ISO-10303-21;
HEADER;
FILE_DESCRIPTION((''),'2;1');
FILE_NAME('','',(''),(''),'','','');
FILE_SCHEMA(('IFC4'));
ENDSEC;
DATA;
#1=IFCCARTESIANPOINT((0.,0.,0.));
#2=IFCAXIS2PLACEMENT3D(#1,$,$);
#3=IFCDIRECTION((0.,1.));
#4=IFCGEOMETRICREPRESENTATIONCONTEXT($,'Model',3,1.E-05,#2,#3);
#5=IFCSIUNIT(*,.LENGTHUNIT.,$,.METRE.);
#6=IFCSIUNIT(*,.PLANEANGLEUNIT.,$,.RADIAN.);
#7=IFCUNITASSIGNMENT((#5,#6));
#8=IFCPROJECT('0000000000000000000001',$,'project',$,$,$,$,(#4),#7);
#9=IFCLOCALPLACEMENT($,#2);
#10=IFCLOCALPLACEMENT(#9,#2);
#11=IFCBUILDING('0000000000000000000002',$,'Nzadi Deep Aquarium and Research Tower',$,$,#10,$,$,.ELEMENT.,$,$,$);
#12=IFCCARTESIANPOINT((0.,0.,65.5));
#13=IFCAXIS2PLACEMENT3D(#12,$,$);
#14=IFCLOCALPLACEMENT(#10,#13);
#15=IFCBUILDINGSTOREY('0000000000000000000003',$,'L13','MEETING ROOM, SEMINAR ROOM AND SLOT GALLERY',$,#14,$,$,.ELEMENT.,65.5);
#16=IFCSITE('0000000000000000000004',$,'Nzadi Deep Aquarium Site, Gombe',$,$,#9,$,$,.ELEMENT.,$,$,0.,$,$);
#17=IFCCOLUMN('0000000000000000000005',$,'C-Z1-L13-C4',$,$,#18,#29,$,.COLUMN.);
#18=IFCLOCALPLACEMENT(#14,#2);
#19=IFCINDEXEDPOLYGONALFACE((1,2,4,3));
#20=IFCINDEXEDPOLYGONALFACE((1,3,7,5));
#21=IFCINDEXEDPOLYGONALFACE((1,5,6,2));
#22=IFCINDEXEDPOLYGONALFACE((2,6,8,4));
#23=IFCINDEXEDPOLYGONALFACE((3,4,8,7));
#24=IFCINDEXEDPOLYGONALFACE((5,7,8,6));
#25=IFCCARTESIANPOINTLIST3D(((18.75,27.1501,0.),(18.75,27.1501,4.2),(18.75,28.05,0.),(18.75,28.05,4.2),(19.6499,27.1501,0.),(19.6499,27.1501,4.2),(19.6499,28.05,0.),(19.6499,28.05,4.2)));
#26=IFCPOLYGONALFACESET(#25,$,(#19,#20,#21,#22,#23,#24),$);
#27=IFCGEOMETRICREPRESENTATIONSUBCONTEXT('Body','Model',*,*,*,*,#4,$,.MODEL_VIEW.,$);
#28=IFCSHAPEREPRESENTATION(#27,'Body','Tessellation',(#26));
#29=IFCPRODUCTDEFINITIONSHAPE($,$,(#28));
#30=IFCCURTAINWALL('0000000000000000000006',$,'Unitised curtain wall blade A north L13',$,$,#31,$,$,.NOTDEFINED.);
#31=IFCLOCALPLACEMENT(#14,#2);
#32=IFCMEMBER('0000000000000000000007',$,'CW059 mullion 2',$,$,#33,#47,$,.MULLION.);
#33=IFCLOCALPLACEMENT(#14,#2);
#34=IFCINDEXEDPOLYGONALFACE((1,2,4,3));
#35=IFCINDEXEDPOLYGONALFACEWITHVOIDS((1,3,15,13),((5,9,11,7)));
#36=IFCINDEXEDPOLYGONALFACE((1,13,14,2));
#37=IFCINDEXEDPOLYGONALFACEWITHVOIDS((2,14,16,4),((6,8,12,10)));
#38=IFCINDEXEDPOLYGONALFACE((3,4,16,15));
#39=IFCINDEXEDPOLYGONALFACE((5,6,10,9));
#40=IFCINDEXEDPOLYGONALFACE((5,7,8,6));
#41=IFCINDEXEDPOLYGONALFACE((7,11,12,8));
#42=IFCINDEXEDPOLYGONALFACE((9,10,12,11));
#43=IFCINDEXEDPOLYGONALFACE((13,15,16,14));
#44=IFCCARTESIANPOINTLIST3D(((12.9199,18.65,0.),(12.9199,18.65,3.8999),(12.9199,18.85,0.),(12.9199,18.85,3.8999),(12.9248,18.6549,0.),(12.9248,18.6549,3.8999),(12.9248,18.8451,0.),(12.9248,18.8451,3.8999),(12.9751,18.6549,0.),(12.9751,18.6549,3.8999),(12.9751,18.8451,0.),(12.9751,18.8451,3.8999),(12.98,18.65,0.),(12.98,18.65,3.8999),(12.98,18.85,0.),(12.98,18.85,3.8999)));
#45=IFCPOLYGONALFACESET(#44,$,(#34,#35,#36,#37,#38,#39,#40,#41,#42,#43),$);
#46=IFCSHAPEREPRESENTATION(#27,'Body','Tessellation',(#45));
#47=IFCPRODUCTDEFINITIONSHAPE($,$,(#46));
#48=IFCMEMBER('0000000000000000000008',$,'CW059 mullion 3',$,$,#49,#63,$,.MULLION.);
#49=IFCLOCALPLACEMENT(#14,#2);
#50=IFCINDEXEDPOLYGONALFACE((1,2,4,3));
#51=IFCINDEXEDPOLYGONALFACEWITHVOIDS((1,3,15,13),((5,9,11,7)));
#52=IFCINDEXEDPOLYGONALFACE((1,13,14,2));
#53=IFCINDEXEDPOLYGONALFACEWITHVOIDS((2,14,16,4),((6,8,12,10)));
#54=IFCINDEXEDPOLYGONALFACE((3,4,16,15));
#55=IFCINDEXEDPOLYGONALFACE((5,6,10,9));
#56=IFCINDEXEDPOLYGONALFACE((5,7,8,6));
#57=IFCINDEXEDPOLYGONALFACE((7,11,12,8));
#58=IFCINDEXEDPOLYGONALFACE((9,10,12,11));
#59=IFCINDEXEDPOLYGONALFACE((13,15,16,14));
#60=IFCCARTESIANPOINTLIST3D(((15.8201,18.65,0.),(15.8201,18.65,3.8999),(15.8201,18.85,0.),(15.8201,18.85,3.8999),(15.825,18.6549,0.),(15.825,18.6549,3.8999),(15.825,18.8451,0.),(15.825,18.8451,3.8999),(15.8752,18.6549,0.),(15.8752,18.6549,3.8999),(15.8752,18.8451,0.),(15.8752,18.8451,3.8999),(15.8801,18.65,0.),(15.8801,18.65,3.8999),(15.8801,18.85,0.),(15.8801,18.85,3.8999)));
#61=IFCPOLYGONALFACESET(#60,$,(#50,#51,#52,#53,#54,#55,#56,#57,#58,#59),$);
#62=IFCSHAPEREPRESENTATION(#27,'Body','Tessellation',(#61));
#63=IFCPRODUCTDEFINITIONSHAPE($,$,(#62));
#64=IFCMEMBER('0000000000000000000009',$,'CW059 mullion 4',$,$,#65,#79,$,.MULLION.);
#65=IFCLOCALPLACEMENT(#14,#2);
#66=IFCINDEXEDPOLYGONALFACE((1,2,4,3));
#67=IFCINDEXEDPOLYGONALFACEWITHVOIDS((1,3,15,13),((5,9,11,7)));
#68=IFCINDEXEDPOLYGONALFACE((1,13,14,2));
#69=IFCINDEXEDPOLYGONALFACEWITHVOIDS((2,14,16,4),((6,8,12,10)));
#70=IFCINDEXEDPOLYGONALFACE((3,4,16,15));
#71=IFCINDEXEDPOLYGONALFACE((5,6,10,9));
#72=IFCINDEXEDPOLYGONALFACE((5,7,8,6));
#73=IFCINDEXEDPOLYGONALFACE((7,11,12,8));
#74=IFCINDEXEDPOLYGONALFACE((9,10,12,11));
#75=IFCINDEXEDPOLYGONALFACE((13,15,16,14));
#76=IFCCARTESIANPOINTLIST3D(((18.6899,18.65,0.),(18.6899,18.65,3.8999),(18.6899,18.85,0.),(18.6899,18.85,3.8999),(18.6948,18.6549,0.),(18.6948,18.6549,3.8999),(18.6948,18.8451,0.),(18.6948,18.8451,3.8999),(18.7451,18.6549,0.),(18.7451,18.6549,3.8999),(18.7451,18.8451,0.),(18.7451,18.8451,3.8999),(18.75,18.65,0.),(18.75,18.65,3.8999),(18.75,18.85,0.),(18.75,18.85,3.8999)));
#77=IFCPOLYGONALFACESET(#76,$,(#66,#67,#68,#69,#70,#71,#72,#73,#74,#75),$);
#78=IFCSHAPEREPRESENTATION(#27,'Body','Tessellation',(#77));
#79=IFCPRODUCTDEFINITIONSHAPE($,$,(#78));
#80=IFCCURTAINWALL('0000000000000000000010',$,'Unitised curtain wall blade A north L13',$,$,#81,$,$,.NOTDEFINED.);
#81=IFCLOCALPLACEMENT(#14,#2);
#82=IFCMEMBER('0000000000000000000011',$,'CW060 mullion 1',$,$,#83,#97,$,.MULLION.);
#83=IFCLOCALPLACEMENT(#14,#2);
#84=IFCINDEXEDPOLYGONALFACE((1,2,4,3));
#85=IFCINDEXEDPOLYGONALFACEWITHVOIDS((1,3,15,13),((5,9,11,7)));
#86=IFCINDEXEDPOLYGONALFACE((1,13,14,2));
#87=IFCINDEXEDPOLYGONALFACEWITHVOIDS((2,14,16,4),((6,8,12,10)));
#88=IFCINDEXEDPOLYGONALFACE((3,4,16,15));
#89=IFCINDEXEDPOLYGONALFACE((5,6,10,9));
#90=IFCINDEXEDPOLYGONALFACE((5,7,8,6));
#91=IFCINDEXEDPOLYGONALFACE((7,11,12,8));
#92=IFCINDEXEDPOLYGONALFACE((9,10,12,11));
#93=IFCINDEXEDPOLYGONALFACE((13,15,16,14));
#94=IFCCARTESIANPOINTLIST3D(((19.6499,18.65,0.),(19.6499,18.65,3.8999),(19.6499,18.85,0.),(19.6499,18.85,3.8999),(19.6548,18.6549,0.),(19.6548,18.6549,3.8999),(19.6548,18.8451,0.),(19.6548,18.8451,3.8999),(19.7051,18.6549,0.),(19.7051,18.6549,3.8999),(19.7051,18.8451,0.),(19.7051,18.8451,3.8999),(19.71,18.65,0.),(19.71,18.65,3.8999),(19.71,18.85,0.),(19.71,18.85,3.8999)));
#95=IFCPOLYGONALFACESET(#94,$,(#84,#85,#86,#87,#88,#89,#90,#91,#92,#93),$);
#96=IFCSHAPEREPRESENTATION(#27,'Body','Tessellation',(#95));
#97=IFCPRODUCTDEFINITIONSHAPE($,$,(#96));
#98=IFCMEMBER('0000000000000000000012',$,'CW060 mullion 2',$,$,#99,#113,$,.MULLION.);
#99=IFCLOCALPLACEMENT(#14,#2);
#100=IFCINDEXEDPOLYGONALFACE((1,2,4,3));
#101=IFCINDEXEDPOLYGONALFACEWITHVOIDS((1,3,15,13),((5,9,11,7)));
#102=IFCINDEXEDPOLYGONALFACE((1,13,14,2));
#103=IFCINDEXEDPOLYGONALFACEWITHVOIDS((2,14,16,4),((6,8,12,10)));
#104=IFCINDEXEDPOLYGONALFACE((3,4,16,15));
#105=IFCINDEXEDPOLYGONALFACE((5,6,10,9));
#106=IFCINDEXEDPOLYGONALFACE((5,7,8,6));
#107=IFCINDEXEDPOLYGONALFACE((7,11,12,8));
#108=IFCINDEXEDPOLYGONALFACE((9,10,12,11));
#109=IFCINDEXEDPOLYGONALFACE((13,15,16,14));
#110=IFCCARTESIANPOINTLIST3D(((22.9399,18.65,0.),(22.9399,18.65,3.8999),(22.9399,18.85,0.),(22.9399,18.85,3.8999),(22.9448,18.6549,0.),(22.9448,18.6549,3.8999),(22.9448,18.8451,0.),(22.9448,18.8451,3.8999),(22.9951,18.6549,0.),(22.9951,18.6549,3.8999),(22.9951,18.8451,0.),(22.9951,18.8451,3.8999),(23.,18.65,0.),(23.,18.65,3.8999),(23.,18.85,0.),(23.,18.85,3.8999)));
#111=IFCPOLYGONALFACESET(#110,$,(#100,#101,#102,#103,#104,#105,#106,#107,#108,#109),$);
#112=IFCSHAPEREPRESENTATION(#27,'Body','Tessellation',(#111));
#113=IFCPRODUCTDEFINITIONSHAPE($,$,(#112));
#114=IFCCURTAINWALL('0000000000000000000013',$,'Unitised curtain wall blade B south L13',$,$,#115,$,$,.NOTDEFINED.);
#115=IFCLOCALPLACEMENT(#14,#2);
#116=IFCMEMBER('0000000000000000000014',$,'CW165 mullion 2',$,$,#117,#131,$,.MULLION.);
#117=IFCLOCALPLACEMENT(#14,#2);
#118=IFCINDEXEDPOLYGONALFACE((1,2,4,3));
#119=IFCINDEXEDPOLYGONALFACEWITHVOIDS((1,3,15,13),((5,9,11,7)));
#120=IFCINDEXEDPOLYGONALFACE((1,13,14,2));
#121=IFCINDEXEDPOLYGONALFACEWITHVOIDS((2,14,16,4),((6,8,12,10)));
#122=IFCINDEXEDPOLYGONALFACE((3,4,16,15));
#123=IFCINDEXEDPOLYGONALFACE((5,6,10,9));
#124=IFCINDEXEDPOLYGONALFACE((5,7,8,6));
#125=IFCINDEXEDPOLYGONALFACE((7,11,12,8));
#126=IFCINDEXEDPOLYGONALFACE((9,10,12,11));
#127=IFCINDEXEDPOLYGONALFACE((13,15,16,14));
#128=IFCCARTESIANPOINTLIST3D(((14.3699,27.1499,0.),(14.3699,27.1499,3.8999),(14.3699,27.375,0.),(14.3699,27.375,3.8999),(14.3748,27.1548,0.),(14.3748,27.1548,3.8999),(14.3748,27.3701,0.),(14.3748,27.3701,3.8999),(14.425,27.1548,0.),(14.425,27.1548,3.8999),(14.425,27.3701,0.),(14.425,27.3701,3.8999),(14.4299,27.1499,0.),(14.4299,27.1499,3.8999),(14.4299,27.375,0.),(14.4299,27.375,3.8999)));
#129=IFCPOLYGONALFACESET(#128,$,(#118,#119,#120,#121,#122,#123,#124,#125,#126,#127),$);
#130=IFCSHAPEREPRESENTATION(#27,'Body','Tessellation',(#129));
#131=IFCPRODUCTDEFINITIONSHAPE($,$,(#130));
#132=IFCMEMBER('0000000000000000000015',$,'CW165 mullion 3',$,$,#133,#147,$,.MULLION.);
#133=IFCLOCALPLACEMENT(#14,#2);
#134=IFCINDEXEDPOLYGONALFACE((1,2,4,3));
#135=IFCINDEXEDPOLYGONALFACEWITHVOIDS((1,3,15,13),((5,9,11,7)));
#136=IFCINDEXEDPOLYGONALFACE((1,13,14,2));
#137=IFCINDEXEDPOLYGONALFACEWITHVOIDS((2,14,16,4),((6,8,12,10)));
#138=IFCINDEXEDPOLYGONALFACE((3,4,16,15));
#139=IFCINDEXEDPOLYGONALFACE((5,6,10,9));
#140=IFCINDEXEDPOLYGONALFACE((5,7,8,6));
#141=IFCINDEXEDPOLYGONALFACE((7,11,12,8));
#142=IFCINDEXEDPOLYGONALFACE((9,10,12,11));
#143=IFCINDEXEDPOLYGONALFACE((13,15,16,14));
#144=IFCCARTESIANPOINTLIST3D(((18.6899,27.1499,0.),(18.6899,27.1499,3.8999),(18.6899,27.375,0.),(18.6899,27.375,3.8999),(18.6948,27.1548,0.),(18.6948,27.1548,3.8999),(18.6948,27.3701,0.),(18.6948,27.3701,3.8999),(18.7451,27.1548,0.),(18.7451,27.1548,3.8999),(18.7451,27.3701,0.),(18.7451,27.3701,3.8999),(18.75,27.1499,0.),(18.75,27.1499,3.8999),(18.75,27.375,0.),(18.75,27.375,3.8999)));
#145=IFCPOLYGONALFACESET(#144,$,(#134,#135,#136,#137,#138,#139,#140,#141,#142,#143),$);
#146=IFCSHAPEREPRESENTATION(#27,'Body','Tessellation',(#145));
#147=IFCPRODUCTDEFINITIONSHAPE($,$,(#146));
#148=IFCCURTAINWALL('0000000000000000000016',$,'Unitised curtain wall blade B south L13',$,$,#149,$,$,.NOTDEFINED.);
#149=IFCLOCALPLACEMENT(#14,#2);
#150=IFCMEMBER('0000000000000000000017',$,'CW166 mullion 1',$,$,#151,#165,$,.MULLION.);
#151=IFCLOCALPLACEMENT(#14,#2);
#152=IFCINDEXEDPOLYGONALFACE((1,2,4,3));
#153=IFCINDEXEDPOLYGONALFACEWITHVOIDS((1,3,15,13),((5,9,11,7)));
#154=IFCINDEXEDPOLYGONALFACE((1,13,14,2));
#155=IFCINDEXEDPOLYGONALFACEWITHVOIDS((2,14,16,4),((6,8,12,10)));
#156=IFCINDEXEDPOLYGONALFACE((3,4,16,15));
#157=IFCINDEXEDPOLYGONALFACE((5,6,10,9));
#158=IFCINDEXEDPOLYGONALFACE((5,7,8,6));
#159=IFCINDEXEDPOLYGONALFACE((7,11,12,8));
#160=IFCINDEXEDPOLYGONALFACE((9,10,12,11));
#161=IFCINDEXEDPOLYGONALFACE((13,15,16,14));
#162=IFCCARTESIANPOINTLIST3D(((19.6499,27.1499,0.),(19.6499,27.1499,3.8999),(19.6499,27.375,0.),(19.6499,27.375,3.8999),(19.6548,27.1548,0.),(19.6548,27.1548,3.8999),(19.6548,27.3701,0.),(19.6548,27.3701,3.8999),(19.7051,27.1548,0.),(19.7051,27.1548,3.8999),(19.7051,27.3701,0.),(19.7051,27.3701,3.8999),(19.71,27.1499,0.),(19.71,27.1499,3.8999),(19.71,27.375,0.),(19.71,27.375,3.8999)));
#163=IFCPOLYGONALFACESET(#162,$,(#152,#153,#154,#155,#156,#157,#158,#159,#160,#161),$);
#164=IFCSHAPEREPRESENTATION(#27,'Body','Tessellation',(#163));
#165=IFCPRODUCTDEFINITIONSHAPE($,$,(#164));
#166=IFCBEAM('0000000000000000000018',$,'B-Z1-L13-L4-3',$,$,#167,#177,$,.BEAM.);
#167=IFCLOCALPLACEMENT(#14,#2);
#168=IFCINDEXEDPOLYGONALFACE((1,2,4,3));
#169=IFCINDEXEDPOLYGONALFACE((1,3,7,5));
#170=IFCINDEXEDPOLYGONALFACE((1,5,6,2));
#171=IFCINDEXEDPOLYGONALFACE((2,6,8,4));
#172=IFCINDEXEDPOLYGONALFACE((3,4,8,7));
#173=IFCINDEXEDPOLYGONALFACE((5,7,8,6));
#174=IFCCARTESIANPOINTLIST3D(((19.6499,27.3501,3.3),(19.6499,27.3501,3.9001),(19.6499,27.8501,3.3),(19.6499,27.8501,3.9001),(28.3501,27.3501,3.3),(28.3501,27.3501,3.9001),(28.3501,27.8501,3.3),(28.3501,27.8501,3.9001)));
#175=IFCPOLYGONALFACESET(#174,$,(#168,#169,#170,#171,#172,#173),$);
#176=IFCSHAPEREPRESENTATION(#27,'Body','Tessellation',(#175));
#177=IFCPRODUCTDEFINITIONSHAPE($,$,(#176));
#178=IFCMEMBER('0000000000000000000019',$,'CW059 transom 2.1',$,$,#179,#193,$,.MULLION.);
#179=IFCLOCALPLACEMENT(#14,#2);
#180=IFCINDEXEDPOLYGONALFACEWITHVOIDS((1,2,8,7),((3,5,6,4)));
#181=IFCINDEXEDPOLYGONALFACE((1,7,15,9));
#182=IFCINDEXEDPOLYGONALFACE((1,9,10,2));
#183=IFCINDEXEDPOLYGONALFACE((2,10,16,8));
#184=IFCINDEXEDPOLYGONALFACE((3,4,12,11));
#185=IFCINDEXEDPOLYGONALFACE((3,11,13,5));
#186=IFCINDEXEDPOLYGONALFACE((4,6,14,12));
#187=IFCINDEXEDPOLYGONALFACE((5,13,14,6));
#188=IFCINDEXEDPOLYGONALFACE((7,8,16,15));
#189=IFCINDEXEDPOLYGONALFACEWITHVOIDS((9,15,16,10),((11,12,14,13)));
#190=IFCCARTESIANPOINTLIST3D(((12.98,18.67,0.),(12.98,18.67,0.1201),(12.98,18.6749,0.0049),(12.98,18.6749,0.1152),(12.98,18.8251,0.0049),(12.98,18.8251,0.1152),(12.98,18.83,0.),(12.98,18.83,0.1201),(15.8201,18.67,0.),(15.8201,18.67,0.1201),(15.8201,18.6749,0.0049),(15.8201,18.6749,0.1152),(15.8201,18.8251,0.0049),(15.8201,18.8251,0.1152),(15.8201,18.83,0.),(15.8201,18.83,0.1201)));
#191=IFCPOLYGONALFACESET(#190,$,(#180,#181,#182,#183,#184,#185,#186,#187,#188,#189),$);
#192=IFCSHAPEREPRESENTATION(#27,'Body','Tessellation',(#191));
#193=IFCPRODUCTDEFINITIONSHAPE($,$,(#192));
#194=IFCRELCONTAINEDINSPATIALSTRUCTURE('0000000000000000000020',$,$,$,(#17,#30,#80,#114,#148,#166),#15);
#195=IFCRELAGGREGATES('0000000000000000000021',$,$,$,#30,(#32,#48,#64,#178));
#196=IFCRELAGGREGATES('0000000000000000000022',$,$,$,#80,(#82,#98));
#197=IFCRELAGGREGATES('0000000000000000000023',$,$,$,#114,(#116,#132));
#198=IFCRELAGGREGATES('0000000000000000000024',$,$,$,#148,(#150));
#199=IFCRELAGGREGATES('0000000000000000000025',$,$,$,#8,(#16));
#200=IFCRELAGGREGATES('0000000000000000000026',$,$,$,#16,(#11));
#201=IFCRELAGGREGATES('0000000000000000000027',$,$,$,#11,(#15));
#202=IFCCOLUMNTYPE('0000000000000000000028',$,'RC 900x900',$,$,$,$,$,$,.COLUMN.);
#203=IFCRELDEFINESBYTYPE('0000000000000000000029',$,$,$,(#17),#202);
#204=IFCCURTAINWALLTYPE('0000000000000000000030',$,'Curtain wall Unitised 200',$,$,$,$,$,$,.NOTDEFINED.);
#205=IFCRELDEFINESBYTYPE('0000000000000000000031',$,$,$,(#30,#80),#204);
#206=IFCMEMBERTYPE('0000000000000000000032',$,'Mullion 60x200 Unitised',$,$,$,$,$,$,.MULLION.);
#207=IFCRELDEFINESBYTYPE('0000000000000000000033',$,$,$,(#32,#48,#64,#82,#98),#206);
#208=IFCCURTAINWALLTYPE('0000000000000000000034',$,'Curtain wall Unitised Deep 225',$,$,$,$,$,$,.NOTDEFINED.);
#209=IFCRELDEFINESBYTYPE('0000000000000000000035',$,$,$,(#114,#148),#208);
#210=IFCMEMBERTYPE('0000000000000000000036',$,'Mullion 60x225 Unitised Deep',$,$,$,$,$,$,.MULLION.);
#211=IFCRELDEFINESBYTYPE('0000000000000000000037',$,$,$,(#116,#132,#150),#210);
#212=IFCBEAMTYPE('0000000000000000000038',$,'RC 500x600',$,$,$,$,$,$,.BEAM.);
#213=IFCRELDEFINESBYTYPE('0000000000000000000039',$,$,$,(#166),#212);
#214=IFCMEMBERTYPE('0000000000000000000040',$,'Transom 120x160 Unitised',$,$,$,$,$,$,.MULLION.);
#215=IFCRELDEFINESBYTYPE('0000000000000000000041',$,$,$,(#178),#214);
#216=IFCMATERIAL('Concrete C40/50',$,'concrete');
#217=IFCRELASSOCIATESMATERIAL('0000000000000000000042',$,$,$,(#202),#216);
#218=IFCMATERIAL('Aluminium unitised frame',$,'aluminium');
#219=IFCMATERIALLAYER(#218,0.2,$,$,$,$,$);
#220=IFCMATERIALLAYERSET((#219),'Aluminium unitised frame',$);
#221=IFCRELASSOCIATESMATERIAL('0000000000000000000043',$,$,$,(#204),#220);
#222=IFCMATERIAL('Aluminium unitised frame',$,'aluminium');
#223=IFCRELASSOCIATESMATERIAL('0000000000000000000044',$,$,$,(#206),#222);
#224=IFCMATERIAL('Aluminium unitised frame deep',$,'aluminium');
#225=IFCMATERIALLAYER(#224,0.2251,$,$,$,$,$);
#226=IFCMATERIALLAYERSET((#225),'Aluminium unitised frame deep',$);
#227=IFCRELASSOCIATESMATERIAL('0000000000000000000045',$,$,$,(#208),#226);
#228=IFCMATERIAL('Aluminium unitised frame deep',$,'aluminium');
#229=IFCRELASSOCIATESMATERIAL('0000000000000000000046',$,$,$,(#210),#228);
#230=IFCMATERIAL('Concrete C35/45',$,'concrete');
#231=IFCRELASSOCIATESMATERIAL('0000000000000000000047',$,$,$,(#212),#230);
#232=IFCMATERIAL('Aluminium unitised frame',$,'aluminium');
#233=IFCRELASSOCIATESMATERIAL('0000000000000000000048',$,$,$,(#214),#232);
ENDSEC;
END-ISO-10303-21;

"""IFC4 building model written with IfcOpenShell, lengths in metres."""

from ifc_helpers import new_model, si_unit, direction, frame, origin, origin_2d, place, context, subcontext, project, spatial, rectangle, hollow_rectangle, extrude, material, layer, layer_set, material_profile, profile_set, type_object, element, aggregate, save


model = new_model("IFC4")

# Units and contexts
model_context = context("Model", 3, precision=1e-05, world=origin(), true_north=direction((0.0, 1.0)))
body_context = subcontext(model_context, "Body", "Model", "MODEL_VIEW")
ifc_project = project(units=[si_unit("LENGTHUNIT", "METRE"), si_unit("PLANEANGLEUNIT", "RADIAN")], contexts=[model_context])

# Site, building, storey
site_placement = place(None, origin())
site = spatial("IfcSite", under=ifc_project, at=site_placement, Name="Nzadi Deep Aquarium Site, Gombe", CompositionType="ELEMENT", RefElevation=0.0)
building_placement = place(site_placement, origin())
building = spatial("IfcBuilding", under=site, at=building_placement, Name="Nzadi Deep Aquarium and Research Tower", CompositionType="ELEMENT")
storey_placement = place(building_placement, frame((0.0, 0.0, 65.5)))
storey = spatial("IfcBuildingStorey", under=building, at=storey_placement, Name="L13", Description="MEETING ROOM, SEMINAR ROOM AND SLOT GALLERY", CompositionType="ELEMENT", Elevation=65.5)

# Column
ifc_material_1 = material(Name="Concrete C40/50", Category="concrete")
ifc_material_profile_1 = material_profile(ifc_material_1, rectangle(XDim=0.8999, YDim=0.8999, at=origin_2d()))
ifc_profile_set_1 = profile_set([ifc_material_profile_1], Name="Concrete C40/50")
column_type = type_object("IfcColumnType", Name="RC 900x900", PredefinedType="COLUMN", material=ifc_profile_set_1)
column_placement = place(storey_placement, frame((19.2, 27.6001, 0.0), z_axis=(0.0, 0.0, 1.0), x_axis=(1.0, 0.0, 0.0)))
element("IfcColumn", 1, at=column_placement, inside=storey, type_object=column_type, Name="C-Z1-L13-C4", PredefinedType="COLUMN", context=body_context, shape_type="SweptSolid", body=[
    extrude(rectangle(XDim=0.8999, YDim=0.8999, at=origin_2d()), origin(), (0.0, 0.0, 1.0), 4.2),
])

# Curtain walls, members
ifc_material_2 = material(Name="Aluminium unitised frame", Category="aluminium")
ifc_layer_1 = layer(ifc_material_2, 0.2)
ifc_layer_set_1 = layer_set([ifc_layer_1], Name="Aluminium unitised frame")
curtain_wall_type_1 = type_object("IfcCurtainWallType", Name="Curtain wall Unitised 200", PredefinedType="NOTDEFINED", material=ifc_layer_set_1)
curtain_wall_1_placement = place(storey_placement, origin())
curtain_wall_1 = element("IfcCurtainWall", 2, at=curtain_wall_1_placement, inside=storey, type_object=curtain_wall_type_1, Name="Unitised curtain wall blade A north L13", PredefinedType="NOTDEFINED")
ifc_material_3 = material(Name="Aluminium unitised frame", Category="aluminium")
ifc_material_profile_2 = material_profile(ifc_material_3, hollow_rectangle(XDim=0.2, YDim=0.0601, WallThickness=0.0049, at=origin_2d()))
ifc_profile_set_2 = profile_set([ifc_material_profile_2], Name="Aluminium unitised frame")
member_type_1 = type_object("IfcMemberType", Name="Mullion 60x200 Unitised", PredefinedType="MULLION", material=ifc_profile_set_2)
member_1_placement = place(storey_placement, frame((12.95, 18.75, 0.0), z_axis=(0.0, 0.0, 1.0), x_axis=(0.0, 1.0, 0.0)))
member_1 = element("IfcMember", 3, at=member_1_placement, type_object=member_type_1, Name="CW059 mullion 2", PredefinedType="MULLION", context=body_context, shape_type="SweptSolid", body=[
    extrude(hollow_rectangle(XDim=0.2, YDim=0.0601, WallThickness=0.0049, at=origin_2d()), origin(), (0.0, 0.0, 1.0), 3.8999),
])
member_2_placement = place(storey_placement, frame((15.8501, 18.75, 0.0), z_axis=(0.0, 0.0, 1.0), x_axis=(0.0, 1.0, 0.0)))
member_2 = element("IfcMember", 4, at=member_2_placement, type_object=member_type_1, Name="CW059 mullion 3", PredefinedType="MULLION", context=body_context, shape_type="SweptSolid", body=[
    extrude(hollow_rectangle(XDim=0.2, YDim=0.0601, WallThickness=0.0049, at=origin_2d()), origin(), (0.0, 0.0, 1.0), 3.8999),
])
member_3_placement = place(storey_placement, frame((18.72, 18.75, 0.0), z_axis=(0.0, 0.0, 1.0), x_axis=(0.0, 1.0, 0.0)))
member_3 = element("IfcMember", 5, at=member_3_placement, type_object=member_type_1, Name="CW059 mullion 4", PredefinedType="MULLION", context=body_context, shape_type="SweptSolid", body=[
    extrude(hollow_rectangle(XDim=0.2, YDim=0.0601, WallThickness=0.0049, at=origin_2d()), origin(), (0.0, 0.0, 1.0), 3.8999),
])
curtain_wall_2_placement = place(storey_placement, origin())
curtain_wall_2 = element("IfcCurtainWall", 6, at=curtain_wall_2_placement, inside=storey, type_object=curtain_wall_type_1, Name="Unitised curtain wall blade A north L13", PredefinedType="NOTDEFINED")
member_4_placement = place(storey_placement, frame((19.6799, 18.75, 0.0), z_axis=(0.0, 0.0, 1.0), x_axis=(0.0, 1.0, 0.0)))
member_4 = element("IfcMember", 7, at=member_4_placement, type_object=member_type_1, Name="CW060 mullion 1", PredefinedType="MULLION", context=body_context, shape_type="SweptSolid", body=[
    extrude(hollow_rectangle(XDim=0.2, YDim=0.0601, WallThickness=0.0049, at=origin_2d()), origin(), (0.0, 0.0, 1.0), 3.8999),
])
member_5_placement = place(storey_placement, frame((22.97, 18.75, 0.0), z_axis=(0.0, 0.0, 1.0), x_axis=(0.0, 1.0, 0.0)))
member_5 = element("IfcMember", 8, at=member_5_placement, type_object=member_type_1, Name="CW060 mullion 2", PredefinedType="MULLION", context=body_context, shape_type="SweptSolid", body=[
    extrude(hollow_rectangle(XDim=0.2, YDim=0.0601, WallThickness=0.0049, at=origin_2d()), origin(), (0.0, 0.0, 1.0), 3.8999),
])
ifc_material_4 = material(Name="Aluminium unitised frame deep", Category="aluminium")
ifc_layer_2 = layer(ifc_material_4, 0.2251)
ifc_layer_set_2 = layer_set([ifc_layer_2], Name="Aluminium unitised frame deep")
curtain_wall_type_2 = type_object("IfcCurtainWallType", Name="Curtain wall Unitised Deep 225", PredefinedType="NOTDEFINED", material=ifc_layer_set_2)
curtain_wall_3_placement = place(storey_placement, origin())
curtain_wall_3 = element("IfcCurtainWall", 9, at=curtain_wall_3_placement, inside=storey, type_object=curtain_wall_type_2, Name="Unitised curtain wall blade B south L13", PredefinedType="NOTDEFINED")
ifc_material_5 = material(Name="Aluminium unitised frame deep", Category="aluminium")
ifc_material_profile_3 = material_profile(ifc_material_5, hollow_rectangle(XDim=0.2251, YDim=0.0601, WallThickness=0.0049, at=origin_2d()))
ifc_profile_set_3 = profile_set([ifc_material_profile_3], Name="Aluminium unitised frame deep")
member_type_2 = type_object("IfcMemberType", Name="Mullion 60x225 Unitised Deep", PredefinedType="MULLION", material=ifc_profile_set_3)
member_6_placement = place(storey_placement, frame((14.3999, 27.2625, 0.0), z_axis=(0.0, 0.0, 1.0), x_axis=(0.0, 1.0, 0.0)))
member_6 = element("IfcMember", 10, at=member_6_placement, type_object=member_type_2, Name="CW165 mullion 2", PredefinedType="MULLION", context=body_context, shape_type="SweptSolid", body=[
    extrude(hollow_rectangle(XDim=0.2251, YDim=0.0601, WallThickness=0.0049, at=origin_2d()), origin(), (0.0, 0.0, 1.0), 3.8999),
])
member_7_placement = place(storey_placement, frame((18.72, 27.2625, 0.0), z_axis=(0.0, 0.0, 1.0), x_axis=(0.0, 1.0, 0.0)))
member_7 = element("IfcMember", 11, at=member_7_placement, type_object=member_type_2, Name="CW165 mullion 3", PredefinedType="MULLION", context=body_context, shape_type="SweptSolid", body=[
    extrude(hollow_rectangle(XDim=0.2251, YDim=0.0601, WallThickness=0.0049, at=origin_2d()), origin(), (0.0, 0.0, 1.0), 3.8999),
])

# Curtain wall, member
curtain_wall_4_placement = place(storey_placement, origin())
curtain_wall_4 = element("IfcCurtainWall", 12, at=curtain_wall_4_placement, inside=storey, type_object=curtain_wall_type_2, Name="Unitised curtain wall blade B south L13", PredefinedType="NOTDEFINED")
member_8_placement = place(storey_placement, frame((19.6799, 27.2625, 0.0), z_axis=(0.0, 0.0, 1.0), x_axis=(0.0, 1.0, 0.0)))
member_8 = element("IfcMember", 13, at=member_8_placement, type_object=member_type_2, Name="CW166 mullion 1", PredefinedType="MULLION", context=body_context, shape_type="SweptSolid", body=[
    extrude(hollow_rectangle(XDim=0.2251, YDim=0.0601, WallThickness=0.0049, at=origin_2d()), origin(), (0.0, 0.0, 1.0), 3.8999),
])

# Beam
ifc_material_6 = material(Name="Concrete C35/45", Category="concrete")
ifc_material_profile_4 = material_profile(ifc_material_6, rectangle(XDim=0.5, YDim=0.6001, at=origin_2d()))
ifc_profile_set_4 = profile_set([ifc_material_profile_4], Name="Concrete C35/45")
beam_type = type_object("IfcBeamType", Name="RC 500x600", PredefinedType="BEAM", material=ifc_profile_set_4)
beam_placement = place(storey_placement, frame((19.6499, 27.6001, 3.6001), z_axis=(1.0, 0.0, 0.0), x_axis=(0.0, 1.0, 0.0)))
element("IfcBeam", 14, at=beam_placement, inside=storey, type_object=beam_type, Name="B-Z1-L13-L4-3", PredefinedType="BEAM", context=body_context, shape_type="SweptSolid", body=[
    extrude(rectangle(XDim=0.5, YDim=0.6001, at=origin_2d()), origin(), (0.0, 0.0, 1.0), 8.7002),
])

# Member
ifc_material_7 = material(Name="Aluminium unitised frame", Category="aluminium")
ifc_material_profile_5 = material_profile(ifc_material_7, hollow_rectangle(XDim=0.1599, YDim=0.1201, WallThickness=0.0049, at=origin_2d()))
ifc_profile_set_5 = profile_set([ifc_material_profile_5], Name="Aluminium unitised frame")
member_type_3 = type_object("IfcMemberType", Name="Transom 120x160 Unitised", PredefinedType="MULLION", material=ifc_profile_set_5)
member_9_placement = place(storey_placement, frame((12.98, 18.75, 0.0601), z_axis=(1.0, 0.0, 0.0), x_axis=(0.0, 1.0, 0.0)))
member_9 = element("IfcMember", 15, at=member_9_placement, type_object=member_type_3, Name="CW059 transom 2.1", PredefinedType="MULLION", context=body_context, shape_type="SweptSolid", body=[
    extrude(hollow_rectangle(XDim=0.1599, YDim=0.1201, WallThickness=0.0049, at=origin_2d()), origin(), (0.0, 0.0, 1.0), 2.8401),
])

aggregate(curtain_wall_1, [member_1, member_2, member_3, member_9])
aggregate(curtain_wall_2, [member_4, member_5])
aggregate(curtain_wall_3, [member_6, member_7])
aggregate(curtain_wall_4, [member_8])

save(model, "model.ifc")
